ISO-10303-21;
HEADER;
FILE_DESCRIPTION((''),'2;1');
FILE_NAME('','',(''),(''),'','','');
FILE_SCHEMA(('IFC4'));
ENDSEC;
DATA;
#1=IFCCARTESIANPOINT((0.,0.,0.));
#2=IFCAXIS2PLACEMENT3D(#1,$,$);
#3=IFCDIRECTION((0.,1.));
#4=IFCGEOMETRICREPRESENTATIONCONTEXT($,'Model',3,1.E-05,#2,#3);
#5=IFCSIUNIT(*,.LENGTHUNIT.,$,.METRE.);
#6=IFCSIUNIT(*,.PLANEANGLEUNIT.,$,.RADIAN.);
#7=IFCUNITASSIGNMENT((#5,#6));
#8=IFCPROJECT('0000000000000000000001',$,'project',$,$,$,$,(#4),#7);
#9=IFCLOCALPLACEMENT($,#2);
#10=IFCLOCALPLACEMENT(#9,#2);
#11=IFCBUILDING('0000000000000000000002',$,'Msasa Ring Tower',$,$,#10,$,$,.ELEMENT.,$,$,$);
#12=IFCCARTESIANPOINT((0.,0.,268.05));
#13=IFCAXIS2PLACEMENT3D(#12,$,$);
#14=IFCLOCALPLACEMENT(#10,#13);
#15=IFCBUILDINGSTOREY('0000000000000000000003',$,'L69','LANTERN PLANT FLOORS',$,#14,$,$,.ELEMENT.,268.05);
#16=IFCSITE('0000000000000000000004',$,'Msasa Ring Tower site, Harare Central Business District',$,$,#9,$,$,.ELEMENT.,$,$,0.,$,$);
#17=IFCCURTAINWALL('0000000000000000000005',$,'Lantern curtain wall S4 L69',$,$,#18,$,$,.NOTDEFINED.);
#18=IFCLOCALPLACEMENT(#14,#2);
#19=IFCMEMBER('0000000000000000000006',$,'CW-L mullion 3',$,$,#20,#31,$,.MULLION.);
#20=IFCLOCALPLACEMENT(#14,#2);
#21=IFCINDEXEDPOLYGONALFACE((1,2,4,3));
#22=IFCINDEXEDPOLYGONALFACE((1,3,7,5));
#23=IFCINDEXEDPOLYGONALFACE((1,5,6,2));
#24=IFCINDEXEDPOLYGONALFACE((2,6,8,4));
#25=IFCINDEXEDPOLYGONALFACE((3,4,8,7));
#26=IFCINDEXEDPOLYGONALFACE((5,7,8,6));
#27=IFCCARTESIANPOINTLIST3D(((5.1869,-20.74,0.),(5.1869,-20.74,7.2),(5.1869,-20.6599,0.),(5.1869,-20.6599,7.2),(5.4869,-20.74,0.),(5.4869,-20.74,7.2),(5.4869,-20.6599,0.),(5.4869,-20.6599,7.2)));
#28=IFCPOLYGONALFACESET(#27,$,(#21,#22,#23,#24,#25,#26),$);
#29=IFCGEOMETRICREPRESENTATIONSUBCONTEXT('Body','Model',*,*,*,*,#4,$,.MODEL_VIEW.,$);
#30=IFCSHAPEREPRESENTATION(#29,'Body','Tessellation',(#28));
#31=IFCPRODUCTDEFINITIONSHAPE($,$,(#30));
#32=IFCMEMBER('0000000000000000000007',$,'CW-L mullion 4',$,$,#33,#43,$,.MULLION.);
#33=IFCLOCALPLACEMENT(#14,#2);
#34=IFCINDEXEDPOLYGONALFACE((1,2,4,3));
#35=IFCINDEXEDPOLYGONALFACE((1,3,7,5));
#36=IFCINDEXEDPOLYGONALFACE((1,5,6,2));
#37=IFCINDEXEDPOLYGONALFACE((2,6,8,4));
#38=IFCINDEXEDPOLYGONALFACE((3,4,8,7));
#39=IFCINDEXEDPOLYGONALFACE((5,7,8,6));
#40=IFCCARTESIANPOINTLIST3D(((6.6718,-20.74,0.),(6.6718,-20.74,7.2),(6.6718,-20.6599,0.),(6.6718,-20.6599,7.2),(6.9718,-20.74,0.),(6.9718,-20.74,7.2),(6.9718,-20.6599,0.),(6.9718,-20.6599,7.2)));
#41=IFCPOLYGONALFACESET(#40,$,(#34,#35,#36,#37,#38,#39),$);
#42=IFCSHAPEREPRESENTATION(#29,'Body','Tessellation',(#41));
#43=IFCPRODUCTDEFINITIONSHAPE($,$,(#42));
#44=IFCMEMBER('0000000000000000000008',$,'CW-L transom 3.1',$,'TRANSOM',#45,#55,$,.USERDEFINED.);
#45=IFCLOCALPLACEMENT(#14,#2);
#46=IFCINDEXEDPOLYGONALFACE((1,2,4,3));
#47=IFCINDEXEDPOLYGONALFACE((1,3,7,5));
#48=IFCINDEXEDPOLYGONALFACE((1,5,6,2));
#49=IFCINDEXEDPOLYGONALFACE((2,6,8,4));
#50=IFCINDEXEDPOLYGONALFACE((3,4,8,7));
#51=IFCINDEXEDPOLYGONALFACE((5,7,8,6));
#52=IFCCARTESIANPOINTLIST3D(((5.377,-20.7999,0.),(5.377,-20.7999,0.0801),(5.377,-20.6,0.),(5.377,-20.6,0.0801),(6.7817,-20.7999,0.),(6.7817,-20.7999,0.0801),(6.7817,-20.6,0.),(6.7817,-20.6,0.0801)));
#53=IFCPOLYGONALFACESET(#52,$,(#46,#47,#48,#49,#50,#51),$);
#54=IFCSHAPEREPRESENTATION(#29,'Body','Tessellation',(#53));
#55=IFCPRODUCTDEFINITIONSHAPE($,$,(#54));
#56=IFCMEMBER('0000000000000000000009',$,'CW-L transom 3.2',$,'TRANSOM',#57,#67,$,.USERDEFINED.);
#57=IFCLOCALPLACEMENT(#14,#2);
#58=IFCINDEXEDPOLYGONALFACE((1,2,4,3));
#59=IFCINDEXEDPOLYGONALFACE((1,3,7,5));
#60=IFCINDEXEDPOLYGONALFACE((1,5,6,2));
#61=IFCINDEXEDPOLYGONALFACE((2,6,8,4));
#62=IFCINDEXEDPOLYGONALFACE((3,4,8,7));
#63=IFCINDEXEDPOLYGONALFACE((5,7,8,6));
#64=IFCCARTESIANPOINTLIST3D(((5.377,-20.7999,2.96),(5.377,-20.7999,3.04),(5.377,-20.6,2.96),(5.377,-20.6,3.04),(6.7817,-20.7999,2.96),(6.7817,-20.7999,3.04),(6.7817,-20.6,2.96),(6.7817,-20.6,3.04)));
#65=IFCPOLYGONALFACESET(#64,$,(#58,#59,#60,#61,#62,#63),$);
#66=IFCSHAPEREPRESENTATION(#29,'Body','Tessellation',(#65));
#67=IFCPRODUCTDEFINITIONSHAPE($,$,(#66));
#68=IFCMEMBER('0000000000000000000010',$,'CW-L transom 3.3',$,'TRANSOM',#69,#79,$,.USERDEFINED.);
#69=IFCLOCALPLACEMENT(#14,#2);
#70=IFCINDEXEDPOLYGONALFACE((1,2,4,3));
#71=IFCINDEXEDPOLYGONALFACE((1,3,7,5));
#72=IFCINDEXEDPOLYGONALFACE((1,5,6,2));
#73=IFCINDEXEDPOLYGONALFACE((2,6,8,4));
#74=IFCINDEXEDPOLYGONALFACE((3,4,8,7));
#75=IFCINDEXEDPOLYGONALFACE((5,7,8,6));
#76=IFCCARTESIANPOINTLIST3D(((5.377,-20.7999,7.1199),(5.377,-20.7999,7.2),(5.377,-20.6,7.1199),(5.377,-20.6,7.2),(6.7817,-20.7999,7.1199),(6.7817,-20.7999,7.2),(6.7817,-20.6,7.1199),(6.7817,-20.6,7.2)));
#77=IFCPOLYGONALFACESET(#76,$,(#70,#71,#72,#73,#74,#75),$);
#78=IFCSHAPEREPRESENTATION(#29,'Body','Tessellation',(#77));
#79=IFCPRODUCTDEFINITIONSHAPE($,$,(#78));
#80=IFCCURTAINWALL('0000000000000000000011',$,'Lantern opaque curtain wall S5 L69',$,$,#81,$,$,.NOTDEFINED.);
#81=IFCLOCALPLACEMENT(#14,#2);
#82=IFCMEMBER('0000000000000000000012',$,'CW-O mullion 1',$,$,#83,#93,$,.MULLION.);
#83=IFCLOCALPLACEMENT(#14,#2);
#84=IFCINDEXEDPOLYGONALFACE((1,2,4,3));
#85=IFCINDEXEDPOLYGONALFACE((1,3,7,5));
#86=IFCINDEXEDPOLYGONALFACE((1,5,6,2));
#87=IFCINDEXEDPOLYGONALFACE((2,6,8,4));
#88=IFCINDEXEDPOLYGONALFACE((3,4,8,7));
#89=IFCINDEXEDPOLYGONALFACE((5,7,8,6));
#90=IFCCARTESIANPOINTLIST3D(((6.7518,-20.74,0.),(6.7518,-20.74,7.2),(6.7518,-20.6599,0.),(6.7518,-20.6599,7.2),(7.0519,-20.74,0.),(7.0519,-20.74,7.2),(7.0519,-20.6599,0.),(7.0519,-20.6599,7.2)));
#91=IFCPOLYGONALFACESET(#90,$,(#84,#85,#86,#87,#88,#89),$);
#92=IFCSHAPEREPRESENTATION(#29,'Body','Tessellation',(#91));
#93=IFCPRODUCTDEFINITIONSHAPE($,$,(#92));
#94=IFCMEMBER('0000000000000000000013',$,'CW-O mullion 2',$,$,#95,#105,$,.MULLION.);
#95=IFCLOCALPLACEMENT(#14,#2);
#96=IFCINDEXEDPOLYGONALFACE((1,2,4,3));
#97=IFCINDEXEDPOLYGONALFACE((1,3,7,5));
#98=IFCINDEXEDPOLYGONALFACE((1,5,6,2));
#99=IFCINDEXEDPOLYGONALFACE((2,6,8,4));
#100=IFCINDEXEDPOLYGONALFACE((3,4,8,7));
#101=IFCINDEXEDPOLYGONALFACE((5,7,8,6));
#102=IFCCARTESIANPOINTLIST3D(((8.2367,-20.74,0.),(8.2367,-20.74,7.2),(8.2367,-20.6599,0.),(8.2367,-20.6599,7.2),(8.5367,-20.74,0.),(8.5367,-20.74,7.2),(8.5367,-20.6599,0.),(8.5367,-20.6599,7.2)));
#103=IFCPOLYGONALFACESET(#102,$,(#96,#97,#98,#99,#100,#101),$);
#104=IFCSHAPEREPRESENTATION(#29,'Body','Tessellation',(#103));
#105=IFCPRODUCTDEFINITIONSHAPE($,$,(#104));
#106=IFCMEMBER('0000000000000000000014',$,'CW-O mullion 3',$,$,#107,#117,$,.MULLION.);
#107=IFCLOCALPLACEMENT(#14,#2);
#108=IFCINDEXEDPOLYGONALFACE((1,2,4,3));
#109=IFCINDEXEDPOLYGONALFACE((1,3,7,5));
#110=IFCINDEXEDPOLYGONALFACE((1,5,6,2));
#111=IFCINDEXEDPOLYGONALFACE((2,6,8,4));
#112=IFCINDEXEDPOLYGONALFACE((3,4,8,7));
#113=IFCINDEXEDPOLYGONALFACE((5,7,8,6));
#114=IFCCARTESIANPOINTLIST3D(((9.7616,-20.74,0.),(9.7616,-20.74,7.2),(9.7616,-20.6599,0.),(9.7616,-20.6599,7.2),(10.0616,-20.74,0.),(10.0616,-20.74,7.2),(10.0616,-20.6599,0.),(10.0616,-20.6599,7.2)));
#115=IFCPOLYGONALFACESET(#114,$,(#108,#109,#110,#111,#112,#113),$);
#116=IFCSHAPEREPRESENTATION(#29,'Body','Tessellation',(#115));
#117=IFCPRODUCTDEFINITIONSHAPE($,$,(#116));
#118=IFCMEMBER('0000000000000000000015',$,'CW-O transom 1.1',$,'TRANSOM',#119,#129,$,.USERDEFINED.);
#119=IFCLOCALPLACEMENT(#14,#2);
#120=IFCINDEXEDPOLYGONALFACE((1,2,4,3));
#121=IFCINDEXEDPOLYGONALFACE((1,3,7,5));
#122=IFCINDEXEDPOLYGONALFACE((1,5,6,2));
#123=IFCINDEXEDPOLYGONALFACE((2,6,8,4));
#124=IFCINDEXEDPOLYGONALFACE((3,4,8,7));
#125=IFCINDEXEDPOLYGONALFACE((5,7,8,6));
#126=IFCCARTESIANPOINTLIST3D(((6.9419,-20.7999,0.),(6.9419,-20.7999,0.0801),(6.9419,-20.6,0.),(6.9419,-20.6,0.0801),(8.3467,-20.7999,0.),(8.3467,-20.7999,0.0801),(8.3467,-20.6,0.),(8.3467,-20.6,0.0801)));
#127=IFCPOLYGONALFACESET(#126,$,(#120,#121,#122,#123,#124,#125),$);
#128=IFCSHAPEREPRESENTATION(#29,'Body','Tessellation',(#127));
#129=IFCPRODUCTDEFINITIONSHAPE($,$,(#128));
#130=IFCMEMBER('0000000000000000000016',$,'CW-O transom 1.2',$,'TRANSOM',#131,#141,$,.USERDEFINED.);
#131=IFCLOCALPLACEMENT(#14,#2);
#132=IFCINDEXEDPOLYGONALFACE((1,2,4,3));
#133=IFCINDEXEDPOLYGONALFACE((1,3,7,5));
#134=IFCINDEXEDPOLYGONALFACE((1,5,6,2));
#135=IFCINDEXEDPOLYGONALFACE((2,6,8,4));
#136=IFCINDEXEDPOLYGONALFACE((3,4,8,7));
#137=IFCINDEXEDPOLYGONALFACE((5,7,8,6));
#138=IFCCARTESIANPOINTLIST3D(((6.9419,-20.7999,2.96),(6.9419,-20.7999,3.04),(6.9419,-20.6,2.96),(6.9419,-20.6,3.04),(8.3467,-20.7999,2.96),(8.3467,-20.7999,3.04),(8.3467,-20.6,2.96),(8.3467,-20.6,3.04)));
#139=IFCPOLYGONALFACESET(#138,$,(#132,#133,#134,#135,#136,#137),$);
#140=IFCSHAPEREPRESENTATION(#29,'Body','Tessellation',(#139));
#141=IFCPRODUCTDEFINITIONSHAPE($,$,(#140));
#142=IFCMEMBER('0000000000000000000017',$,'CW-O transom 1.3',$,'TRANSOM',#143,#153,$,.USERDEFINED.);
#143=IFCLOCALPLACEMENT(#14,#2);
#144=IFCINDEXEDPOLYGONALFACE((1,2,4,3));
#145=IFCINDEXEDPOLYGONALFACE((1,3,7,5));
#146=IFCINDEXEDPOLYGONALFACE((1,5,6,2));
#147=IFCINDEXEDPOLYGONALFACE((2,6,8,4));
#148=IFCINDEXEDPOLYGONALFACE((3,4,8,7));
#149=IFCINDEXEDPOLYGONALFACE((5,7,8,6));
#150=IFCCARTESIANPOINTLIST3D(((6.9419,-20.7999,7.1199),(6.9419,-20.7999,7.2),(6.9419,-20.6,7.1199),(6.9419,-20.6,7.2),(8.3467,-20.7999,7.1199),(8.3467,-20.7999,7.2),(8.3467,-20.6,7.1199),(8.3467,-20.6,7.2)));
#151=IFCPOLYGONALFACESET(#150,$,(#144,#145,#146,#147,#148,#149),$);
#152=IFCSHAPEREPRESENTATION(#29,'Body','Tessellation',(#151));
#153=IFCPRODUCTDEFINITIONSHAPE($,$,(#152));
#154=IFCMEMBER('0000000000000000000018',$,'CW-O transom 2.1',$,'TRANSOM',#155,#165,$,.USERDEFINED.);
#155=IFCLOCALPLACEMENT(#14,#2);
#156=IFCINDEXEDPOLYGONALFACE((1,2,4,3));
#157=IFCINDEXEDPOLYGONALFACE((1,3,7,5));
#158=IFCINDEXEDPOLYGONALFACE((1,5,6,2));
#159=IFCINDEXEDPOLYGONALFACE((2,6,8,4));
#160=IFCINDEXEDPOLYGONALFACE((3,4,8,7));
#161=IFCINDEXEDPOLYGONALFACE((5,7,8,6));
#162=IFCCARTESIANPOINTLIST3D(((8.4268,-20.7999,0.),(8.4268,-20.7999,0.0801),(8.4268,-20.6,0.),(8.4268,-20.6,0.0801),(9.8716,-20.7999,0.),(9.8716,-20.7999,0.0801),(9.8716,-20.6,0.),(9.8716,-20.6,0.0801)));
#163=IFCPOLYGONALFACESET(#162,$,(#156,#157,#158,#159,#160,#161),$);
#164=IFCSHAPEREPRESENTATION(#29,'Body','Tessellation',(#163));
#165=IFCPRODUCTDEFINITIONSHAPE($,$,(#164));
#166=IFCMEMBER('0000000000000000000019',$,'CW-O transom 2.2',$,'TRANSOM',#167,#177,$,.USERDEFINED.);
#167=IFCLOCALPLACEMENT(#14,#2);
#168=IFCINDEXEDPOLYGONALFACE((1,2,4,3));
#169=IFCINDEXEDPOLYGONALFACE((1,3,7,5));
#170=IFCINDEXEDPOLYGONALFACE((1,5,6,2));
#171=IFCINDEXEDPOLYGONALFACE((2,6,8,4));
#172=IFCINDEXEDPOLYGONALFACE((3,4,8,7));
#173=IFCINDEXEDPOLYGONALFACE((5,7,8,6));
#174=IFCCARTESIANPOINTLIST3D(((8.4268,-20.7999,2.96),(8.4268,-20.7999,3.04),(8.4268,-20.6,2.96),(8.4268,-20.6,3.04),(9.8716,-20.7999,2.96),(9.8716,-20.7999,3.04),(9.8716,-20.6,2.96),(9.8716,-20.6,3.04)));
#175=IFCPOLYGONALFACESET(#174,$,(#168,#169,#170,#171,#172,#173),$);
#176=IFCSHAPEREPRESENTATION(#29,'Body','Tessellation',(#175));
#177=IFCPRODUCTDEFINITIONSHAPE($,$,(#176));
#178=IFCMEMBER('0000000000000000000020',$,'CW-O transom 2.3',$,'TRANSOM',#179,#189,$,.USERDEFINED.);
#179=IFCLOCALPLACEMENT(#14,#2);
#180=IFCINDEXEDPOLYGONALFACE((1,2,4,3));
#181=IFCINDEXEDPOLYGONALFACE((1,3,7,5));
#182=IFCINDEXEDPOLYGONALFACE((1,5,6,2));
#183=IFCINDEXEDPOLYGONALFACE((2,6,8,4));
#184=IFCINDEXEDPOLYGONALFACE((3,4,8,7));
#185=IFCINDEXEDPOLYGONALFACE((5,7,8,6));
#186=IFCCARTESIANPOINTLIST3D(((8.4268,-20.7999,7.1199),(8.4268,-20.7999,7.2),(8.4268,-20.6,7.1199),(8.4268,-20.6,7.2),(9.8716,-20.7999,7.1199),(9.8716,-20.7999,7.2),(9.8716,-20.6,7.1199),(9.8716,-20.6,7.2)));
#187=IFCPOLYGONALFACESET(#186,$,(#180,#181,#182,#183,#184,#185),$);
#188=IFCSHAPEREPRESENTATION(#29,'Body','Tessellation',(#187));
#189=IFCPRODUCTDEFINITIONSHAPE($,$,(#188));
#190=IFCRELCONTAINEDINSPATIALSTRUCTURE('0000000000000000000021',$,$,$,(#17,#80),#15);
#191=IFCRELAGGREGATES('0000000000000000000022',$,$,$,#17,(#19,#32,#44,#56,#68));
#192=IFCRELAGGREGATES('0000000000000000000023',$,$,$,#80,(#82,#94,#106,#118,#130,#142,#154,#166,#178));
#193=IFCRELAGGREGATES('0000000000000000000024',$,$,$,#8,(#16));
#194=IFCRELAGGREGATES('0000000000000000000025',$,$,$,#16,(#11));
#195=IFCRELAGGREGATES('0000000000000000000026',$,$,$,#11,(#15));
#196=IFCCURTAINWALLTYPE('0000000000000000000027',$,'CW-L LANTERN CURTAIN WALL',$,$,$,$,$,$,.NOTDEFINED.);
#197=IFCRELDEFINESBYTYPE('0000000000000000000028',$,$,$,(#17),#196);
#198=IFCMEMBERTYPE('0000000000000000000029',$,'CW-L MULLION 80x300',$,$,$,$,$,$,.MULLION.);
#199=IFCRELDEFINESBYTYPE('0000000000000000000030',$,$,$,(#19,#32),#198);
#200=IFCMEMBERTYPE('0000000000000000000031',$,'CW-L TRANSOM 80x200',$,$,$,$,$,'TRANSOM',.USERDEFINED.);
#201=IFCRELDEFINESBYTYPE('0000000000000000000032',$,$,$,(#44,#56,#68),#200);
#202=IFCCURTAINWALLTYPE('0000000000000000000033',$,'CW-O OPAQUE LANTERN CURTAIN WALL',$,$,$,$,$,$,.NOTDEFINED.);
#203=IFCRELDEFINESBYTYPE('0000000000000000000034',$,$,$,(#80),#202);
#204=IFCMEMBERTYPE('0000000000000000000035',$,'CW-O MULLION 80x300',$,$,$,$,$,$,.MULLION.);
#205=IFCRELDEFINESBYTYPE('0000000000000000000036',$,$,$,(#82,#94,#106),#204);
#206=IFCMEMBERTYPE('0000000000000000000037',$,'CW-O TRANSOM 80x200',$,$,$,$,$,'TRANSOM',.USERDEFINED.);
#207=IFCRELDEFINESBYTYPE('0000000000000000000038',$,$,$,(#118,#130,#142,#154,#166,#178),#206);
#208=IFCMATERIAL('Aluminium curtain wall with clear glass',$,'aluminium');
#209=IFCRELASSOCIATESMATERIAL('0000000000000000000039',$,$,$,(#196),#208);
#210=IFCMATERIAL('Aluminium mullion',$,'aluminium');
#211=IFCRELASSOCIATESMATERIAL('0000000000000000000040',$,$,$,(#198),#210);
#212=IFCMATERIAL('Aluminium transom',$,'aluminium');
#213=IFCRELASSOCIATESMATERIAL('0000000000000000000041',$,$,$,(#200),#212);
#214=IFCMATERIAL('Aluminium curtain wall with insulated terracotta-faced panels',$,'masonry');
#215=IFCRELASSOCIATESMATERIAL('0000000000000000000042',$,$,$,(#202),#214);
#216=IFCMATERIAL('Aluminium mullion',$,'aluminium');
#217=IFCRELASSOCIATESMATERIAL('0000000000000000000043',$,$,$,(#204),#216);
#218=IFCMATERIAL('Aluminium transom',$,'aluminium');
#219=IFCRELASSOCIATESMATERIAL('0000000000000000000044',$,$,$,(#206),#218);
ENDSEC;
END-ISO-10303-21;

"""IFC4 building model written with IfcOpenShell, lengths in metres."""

from ifc_helpers import new_model, si_unit, direction, frame, origin, origin_2d, place, context, subcontext, project, spatial, rectangle, extrude, material, material_profile, profile_set, type_object, element, aggregate, save


model = new_model("IFC4")

# Units and contexts
model_context = context("Model", 3, precision=1e-05, world=origin(), true_north=direction((0.0, 1.0)))
body_context = subcontext(model_context, "Body", "Model", "MODEL_VIEW")
ifc_project = project(units=[si_unit("LENGTHUNIT", "METRE"), si_unit("PLANEANGLEUNIT", "RADIAN")], contexts=[model_context])

# Site, building, storey
site_placement = place(None, origin())
site = spatial("IfcSite", under=ifc_project, at=site_placement, Name="Msasa Ring Tower site, Harare Central Business District", CompositionType="ELEMENT", RefElevation=0.0)
building_placement = place(site_placement, origin())
building = spatial("IfcBuilding", under=site, at=building_placement, Name="Msasa Ring Tower", CompositionType="ELEMENT")
storey_placement = place(building_placement, frame((0.0, 0.0, 268.05)))
storey = spatial("IfcBuildingStorey", under=building, at=storey_placement, Name="L69", Description="LANTERN PLANT FLOORS", CompositionType="ELEMENT", Elevation=268.05)

# Curtain walls, members
ifc_material_1 = material(Name="Aluminium curtain wall with clear glass", Category="aluminium")
curtain_wall_type_1 = type_object("IfcCurtainWallType", Name="CW-L LANTERN CURTAIN WALL", PredefinedType="NOTDEFINED", material=ifc_material_1)
curtain_wall_1_placement = place(storey_placement, origin())
curtain_wall_1 = element("IfcCurtainWall", 1, at=curtain_wall_1_placement, inside=storey, type_object=curtain_wall_type_1, Name="Lantern curtain wall S4 L69", PredefinedType="NOTDEFINED")
ifc_material_2 = material(Name="Aluminium mullion", Category="aluminium")
ifc_material_profile_1 = material_profile(ifc_material_2, rectangle(XDim=0.0801, YDim=0.3, at=origin_2d()), Name="AL 80x300")
ifc_profile_set_1 = profile_set([ifc_material_profile_1], Name="Aluminium mullion")
member_type_1 = type_object("IfcMemberType", Name="CW-L MULLION 80x300", PredefinedType="MULLION", material=ifc_profile_set_1)
member_1_placement = place(storey_placement, frame((5.3369, -20.7, 0.0), z_axis=(0.0, 0.0, 1.0), x_axis=(0.0, 1.0, 0.0)))
member_1 = element("IfcMember", 2, at=member_1_placement, type_object=member_type_1, Name="CW-L mullion 3", PredefinedType="MULLION", context=body_context, shape_type="SweptSolid", body=[
    extrude(rectangle(XDim=0.0801, YDim=0.3, at=origin_2d()), origin(), (0.0, 0.0, 1.0), 7.2),
])
member_2_placement = place(storey_placement, frame((6.8218, -20.7, 0.0), z_axis=(0.0, 0.0, 1.0), x_axis=(0.0, 1.0, 0.0)))
member_2 = element("IfcMember", 3, at=member_2_placement, type_object=member_type_1, Name="CW-L mullion 4", PredefinedType="MULLION", context=body_context, shape_type="SweptSolid", body=[
    extrude(rectangle(XDim=0.0801, YDim=0.3, at=origin_2d()), origin(), (0.0, 0.0, 1.0), 7.2),
])
ifc_material_3 = material(Name="Aluminium transom", Category="aluminium")
ifc_material_profile_2 = material_profile(ifc_material_3, rectangle(XDim=0.2, YDim=0.0801, at=origin_2d()), Name="AL 80x200")
ifc_profile_set_2 = profile_set([ifc_material_profile_2], Name="Aluminium transom")
member_type_2 = type_object("IfcMemberType", Name="CW-L TRANSOM 80x200", ElementType="TRANSOM", PredefinedType="USERDEFINED", material=ifc_profile_set_2)
member_3_placement = place(storey_placement, frame((5.377, -20.7, 0.04), z_axis=(1.0, 0.0, 0.0), x_axis=(0.0, 1.0, 0.0)))
member_3 = element("IfcMember", 4, at=member_3_placement, type_object=member_type_2, Name="CW-L transom 3.1", ObjectType="TRANSOM", PredefinedType="USERDEFINED", context=body_context, shape_type="SweptSolid", body=[
    extrude(rectangle(XDim=0.2, YDim=0.0801, at=origin_2d()), origin(), (0.0, 0.0, 1.0), 1.4048),
])
member_4_placement = place(storey_placement, frame((5.377, -20.7, 3.0), z_axis=(1.0, 0.0, 0.0), x_axis=(0.0, 1.0, 0.0)))
member_4 = element("IfcMember", 5, at=member_4_placement, type_object=member_type_2, Name="CW-L transom 3.2", ObjectType="TRANSOM", PredefinedType="USERDEFINED", context=body_context, shape_type="SweptSolid", body=[
    extrude(rectangle(XDim=0.2, YDim=0.0801, at=origin_2d()), origin(), (0.0, 0.0, 1.0), 1.4048),
])
member_5_placement = place(storey_placement, frame((5.377, -20.7, 7.1599), z_axis=(1.0, 0.0, 0.0), x_axis=(0.0, 1.0, 0.0)))
member_5 = element("IfcMember", 6, at=member_5_placement, type_object=member_type_2, Name="CW-L transom 3.3", ObjectType="TRANSOM", PredefinedType="USERDEFINED", context=body_context, shape_type="SweptSolid", body=[
    extrude(rectangle(XDim=0.2, YDim=0.0801, at=origin_2d()), origin(), (0.0, 0.0, 1.0), 1.4048),
])
ifc_material_4 = material(Name="Aluminium curtain wall with insulated terracotta-faced panels", Category="masonry")
curtain_wall_type_2 = type_object("IfcCurtainWallType", Name="CW-O OPAQUE LANTERN CURTAIN WALL", PredefinedType="NOTDEFINED", material=ifc_material_4)
curtain_wall_2_placement = place(storey_placement, origin())
curtain_wall_2 = element("IfcCurtainWall", 7, at=curtain_wall_2_placement, inside=storey, type_object=curtain_wall_type_2, Name="Lantern opaque curtain wall S5 L69", PredefinedType="NOTDEFINED")
ifc_material_5 = material(Name="Aluminium mullion", Category="aluminium")
ifc_material_profile_3 = material_profile(ifc_material_5, rectangle(XDim=0.0801, YDim=0.3, at=origin_2d()), Name="AL 80x300")
ifc_profile_set_3 = profile_set([ifc_material_profile_3], Name="Aluminium mullion")
member_type_3 = type_object("IfcMemberType", Name="CW-O MULLION 80x300", PredefinedType="MULLION", material=ifc_profile_set_3)
member_6_placement = place(storey_placement, frame((6.9019, -20.7, 0.0), z_axis=(0.0, 0.0, 1.0), x_axis=(0.0, 1.0, 0.0)))
member_6 = element("IfcMember", 8, at=member_6_placement, type_object=member_type_3, Name="CW-O mullion 1", PredefinedType="MULLION", context=body_context, shape_type="SweptSolid", body=[
    extrude(rectangle(XDim=0.0801, YDim=0.3, at=origin_2d()), origin(), (0.0, 0.0, 1.0), 7.2),
])
member_7_placement = place(storey_placement, frame((8.3867, -20.7, 0.0), z_axis=(0.0, 0.0, 1.0), x_axis=(0.0, 1.0, 0.0)))
member_7 = element("IfcMember", 9, at=member_7_placement, type_object=member_type_3, Name="CW-O mullion 2", PredefinedType="MULLION", context=body_context, shape_type="SweptSolid", body=[
    extrude(rectangle(XDim=0.0801, YDim=0.3, at=origin_2d()), origin(), (0.0, 0.0, 1.0), 7.2),
])
member_8_placement = place(storey_placement, frame((9.9116, -20.7, 0.0), z_axis=(0.0, 0.0, 1.0), x_axis=(0.0, 1.0, 0.0)))
member_8 = element("IfcMember", 10, at=member_8_placement, type_object=member_type_3, Name="CW-O mullion 3", PredefinedType="MULLION", context=body_context, shape_type="SweptSolid", body=[
    extrude(rectangle(XDim=0.0801, YDim=0.3, at=origin_2d()), origin(), (0.0, 0.0, 1.0), 7.2),
])
ifc_material_6 = material(Name="Aluminium transom", Category="aluminium")
ifc_material_profile_4 = material_profile(ifc_material_6, rectangle(XDim=0.2, YDim=0.0801, at=origin_2d()), Name="AL 80x200")
ifc_profile_set_4 = profile_set([ifc_material_profile_4], Name="Aluminium transom")
member_type_4 = type_object("IfcMemberType", Name="CW-O TRANSOM 80x200", ElementType="TRANSOM", PredefinedType="USERDEFINED", material=ifc_profile_set_4)
member_9_placement = place(storey_placement, frame((6.9419, -20.7, 0.04), z_axis=(1.0, 0.0, 0.0), x_axis=(0.0, 1.0, 0.0)))
member_9 = element("IfcMember", 11, at=member_9_placement, type_object=member_type_4, Name="CW-O transom 1.1", ObjectType="TRANSOM", PredefinedType="USERDEFINED", context=body_context, shape_type="SweptSolid", body=[
    extrude(rectangle(XDim=0.2, YDim=0.0801, at=origin_2d()), origin(), (0.0, 0.0, 1.0), 1.4048),
])
member_10_placement = place(storey_placement, frame((6.9419, -20.7, 3.0), z_axis=(1.0, 0.0, 0.0), x_axis=(0.0, 1.0, 0.0)))
member_10 = element("IfcMember", 12, at=member_10_placement, type_object=member_type_4, Name="CW-O transom 1.2", ObjectType="TRANSOM", PredefinedType="USERDEFINED", context=body_context, shape_type="SweptSolid", body=[
    extrude(rectangle(XDim=0.2, YDim=0.0801, at=origin_2d()), origin(), (0.0, 0.0, 1.0), 1.4048),
])
member_11_placement = place(storey_placement, frame((6.9419, -20.7, 7.1599), z_axis=(1.0, 0.0, 0.0), x_axis=(0.0, 1.0, 0.0)))
member_11 = element("IfcMember", 13, at=member_11_placement, type_object=member_type_4, Name="CW-O transom 1.3", ObjectType="TRANSOM", PredefinedType="USERDEFINED", context=body_context, shape_type="SweptSolid", body=[
    extrude(rectangle(XDim=0.2, YDim=0.0801, at=origin_2d()), origin(), (0.0, 0.0, 1.0), 1.4048),
])
member_12_placement = place(storey_placement, frame((8.4268, -20.7, 0.04), z_axis=(1.0, 0.0, 0.0), x_axis=(0.0, 1.0, 0.0)))
member_12 = element("IfcMember", 14, at=member_12_placement, type_object=member_type_4, Name="CW-O transom 2.1", ObjectType="TRANSOM", PredefinedType="USERDEFINED", context=body_context, shape_type="SweptSolid", body=[
    extrude(rectangle(XDim=0.2, YDim=0.0801, at=origin_2d()), origin(), (0.0, 0.0, 1.0), 1.4448),
])
member_13_placement = place(storey_placement, frame((8.4268, -20.7, 3.0), z_axis=(1.0, 0.0, 0.0), x_axis=(0.0, 1.0, 0.0)))
member_13 = element("IfcMember", 15, at=member_13_placement, type_object=member_type_4, Name="CW-O transom 2.2", ObjectType="TRANSOM", PredefinedType="USERDEFINED", context=body_context, shape_type="SweptSolid", body=[
    extrude(rectangle(XDim=0.2, YDim=0.0801, at=origin_2d()), origin(), (0.0, 0.0, 1.0), 1.4448),
])
member_14_placement = place(storey_placement, frame((8.4268, -20.7, 7.1599), z_axis=(1.0, 0.0, 0.0), x_axis=(0.0, 1.0, 0.0)))
member_14 = element("IfcMember", 16, at=member_14_placement, type_object=member_type_4, Name="CW-O transom 2.3", ObjectType="TRANSOM", PredefinedType="USERDEFINED", context=body_context, shape_type="SweptSolid", body=[
    extrude(rectangle(XDim=0.2, YDim=0.0801, at=origin_2d()), origin(), (0.0, 0.0, 1.0), 1.4448),
])

aggregate(curtain_wall_1, [member_1, member_2, member_3, member_4, member_5])
aggregate(curtain_wall_2, [member_6, member_7, member_8, member_9, member_10, member_11, member_12, member_13, member_14])

save(model, "model.ifc")
